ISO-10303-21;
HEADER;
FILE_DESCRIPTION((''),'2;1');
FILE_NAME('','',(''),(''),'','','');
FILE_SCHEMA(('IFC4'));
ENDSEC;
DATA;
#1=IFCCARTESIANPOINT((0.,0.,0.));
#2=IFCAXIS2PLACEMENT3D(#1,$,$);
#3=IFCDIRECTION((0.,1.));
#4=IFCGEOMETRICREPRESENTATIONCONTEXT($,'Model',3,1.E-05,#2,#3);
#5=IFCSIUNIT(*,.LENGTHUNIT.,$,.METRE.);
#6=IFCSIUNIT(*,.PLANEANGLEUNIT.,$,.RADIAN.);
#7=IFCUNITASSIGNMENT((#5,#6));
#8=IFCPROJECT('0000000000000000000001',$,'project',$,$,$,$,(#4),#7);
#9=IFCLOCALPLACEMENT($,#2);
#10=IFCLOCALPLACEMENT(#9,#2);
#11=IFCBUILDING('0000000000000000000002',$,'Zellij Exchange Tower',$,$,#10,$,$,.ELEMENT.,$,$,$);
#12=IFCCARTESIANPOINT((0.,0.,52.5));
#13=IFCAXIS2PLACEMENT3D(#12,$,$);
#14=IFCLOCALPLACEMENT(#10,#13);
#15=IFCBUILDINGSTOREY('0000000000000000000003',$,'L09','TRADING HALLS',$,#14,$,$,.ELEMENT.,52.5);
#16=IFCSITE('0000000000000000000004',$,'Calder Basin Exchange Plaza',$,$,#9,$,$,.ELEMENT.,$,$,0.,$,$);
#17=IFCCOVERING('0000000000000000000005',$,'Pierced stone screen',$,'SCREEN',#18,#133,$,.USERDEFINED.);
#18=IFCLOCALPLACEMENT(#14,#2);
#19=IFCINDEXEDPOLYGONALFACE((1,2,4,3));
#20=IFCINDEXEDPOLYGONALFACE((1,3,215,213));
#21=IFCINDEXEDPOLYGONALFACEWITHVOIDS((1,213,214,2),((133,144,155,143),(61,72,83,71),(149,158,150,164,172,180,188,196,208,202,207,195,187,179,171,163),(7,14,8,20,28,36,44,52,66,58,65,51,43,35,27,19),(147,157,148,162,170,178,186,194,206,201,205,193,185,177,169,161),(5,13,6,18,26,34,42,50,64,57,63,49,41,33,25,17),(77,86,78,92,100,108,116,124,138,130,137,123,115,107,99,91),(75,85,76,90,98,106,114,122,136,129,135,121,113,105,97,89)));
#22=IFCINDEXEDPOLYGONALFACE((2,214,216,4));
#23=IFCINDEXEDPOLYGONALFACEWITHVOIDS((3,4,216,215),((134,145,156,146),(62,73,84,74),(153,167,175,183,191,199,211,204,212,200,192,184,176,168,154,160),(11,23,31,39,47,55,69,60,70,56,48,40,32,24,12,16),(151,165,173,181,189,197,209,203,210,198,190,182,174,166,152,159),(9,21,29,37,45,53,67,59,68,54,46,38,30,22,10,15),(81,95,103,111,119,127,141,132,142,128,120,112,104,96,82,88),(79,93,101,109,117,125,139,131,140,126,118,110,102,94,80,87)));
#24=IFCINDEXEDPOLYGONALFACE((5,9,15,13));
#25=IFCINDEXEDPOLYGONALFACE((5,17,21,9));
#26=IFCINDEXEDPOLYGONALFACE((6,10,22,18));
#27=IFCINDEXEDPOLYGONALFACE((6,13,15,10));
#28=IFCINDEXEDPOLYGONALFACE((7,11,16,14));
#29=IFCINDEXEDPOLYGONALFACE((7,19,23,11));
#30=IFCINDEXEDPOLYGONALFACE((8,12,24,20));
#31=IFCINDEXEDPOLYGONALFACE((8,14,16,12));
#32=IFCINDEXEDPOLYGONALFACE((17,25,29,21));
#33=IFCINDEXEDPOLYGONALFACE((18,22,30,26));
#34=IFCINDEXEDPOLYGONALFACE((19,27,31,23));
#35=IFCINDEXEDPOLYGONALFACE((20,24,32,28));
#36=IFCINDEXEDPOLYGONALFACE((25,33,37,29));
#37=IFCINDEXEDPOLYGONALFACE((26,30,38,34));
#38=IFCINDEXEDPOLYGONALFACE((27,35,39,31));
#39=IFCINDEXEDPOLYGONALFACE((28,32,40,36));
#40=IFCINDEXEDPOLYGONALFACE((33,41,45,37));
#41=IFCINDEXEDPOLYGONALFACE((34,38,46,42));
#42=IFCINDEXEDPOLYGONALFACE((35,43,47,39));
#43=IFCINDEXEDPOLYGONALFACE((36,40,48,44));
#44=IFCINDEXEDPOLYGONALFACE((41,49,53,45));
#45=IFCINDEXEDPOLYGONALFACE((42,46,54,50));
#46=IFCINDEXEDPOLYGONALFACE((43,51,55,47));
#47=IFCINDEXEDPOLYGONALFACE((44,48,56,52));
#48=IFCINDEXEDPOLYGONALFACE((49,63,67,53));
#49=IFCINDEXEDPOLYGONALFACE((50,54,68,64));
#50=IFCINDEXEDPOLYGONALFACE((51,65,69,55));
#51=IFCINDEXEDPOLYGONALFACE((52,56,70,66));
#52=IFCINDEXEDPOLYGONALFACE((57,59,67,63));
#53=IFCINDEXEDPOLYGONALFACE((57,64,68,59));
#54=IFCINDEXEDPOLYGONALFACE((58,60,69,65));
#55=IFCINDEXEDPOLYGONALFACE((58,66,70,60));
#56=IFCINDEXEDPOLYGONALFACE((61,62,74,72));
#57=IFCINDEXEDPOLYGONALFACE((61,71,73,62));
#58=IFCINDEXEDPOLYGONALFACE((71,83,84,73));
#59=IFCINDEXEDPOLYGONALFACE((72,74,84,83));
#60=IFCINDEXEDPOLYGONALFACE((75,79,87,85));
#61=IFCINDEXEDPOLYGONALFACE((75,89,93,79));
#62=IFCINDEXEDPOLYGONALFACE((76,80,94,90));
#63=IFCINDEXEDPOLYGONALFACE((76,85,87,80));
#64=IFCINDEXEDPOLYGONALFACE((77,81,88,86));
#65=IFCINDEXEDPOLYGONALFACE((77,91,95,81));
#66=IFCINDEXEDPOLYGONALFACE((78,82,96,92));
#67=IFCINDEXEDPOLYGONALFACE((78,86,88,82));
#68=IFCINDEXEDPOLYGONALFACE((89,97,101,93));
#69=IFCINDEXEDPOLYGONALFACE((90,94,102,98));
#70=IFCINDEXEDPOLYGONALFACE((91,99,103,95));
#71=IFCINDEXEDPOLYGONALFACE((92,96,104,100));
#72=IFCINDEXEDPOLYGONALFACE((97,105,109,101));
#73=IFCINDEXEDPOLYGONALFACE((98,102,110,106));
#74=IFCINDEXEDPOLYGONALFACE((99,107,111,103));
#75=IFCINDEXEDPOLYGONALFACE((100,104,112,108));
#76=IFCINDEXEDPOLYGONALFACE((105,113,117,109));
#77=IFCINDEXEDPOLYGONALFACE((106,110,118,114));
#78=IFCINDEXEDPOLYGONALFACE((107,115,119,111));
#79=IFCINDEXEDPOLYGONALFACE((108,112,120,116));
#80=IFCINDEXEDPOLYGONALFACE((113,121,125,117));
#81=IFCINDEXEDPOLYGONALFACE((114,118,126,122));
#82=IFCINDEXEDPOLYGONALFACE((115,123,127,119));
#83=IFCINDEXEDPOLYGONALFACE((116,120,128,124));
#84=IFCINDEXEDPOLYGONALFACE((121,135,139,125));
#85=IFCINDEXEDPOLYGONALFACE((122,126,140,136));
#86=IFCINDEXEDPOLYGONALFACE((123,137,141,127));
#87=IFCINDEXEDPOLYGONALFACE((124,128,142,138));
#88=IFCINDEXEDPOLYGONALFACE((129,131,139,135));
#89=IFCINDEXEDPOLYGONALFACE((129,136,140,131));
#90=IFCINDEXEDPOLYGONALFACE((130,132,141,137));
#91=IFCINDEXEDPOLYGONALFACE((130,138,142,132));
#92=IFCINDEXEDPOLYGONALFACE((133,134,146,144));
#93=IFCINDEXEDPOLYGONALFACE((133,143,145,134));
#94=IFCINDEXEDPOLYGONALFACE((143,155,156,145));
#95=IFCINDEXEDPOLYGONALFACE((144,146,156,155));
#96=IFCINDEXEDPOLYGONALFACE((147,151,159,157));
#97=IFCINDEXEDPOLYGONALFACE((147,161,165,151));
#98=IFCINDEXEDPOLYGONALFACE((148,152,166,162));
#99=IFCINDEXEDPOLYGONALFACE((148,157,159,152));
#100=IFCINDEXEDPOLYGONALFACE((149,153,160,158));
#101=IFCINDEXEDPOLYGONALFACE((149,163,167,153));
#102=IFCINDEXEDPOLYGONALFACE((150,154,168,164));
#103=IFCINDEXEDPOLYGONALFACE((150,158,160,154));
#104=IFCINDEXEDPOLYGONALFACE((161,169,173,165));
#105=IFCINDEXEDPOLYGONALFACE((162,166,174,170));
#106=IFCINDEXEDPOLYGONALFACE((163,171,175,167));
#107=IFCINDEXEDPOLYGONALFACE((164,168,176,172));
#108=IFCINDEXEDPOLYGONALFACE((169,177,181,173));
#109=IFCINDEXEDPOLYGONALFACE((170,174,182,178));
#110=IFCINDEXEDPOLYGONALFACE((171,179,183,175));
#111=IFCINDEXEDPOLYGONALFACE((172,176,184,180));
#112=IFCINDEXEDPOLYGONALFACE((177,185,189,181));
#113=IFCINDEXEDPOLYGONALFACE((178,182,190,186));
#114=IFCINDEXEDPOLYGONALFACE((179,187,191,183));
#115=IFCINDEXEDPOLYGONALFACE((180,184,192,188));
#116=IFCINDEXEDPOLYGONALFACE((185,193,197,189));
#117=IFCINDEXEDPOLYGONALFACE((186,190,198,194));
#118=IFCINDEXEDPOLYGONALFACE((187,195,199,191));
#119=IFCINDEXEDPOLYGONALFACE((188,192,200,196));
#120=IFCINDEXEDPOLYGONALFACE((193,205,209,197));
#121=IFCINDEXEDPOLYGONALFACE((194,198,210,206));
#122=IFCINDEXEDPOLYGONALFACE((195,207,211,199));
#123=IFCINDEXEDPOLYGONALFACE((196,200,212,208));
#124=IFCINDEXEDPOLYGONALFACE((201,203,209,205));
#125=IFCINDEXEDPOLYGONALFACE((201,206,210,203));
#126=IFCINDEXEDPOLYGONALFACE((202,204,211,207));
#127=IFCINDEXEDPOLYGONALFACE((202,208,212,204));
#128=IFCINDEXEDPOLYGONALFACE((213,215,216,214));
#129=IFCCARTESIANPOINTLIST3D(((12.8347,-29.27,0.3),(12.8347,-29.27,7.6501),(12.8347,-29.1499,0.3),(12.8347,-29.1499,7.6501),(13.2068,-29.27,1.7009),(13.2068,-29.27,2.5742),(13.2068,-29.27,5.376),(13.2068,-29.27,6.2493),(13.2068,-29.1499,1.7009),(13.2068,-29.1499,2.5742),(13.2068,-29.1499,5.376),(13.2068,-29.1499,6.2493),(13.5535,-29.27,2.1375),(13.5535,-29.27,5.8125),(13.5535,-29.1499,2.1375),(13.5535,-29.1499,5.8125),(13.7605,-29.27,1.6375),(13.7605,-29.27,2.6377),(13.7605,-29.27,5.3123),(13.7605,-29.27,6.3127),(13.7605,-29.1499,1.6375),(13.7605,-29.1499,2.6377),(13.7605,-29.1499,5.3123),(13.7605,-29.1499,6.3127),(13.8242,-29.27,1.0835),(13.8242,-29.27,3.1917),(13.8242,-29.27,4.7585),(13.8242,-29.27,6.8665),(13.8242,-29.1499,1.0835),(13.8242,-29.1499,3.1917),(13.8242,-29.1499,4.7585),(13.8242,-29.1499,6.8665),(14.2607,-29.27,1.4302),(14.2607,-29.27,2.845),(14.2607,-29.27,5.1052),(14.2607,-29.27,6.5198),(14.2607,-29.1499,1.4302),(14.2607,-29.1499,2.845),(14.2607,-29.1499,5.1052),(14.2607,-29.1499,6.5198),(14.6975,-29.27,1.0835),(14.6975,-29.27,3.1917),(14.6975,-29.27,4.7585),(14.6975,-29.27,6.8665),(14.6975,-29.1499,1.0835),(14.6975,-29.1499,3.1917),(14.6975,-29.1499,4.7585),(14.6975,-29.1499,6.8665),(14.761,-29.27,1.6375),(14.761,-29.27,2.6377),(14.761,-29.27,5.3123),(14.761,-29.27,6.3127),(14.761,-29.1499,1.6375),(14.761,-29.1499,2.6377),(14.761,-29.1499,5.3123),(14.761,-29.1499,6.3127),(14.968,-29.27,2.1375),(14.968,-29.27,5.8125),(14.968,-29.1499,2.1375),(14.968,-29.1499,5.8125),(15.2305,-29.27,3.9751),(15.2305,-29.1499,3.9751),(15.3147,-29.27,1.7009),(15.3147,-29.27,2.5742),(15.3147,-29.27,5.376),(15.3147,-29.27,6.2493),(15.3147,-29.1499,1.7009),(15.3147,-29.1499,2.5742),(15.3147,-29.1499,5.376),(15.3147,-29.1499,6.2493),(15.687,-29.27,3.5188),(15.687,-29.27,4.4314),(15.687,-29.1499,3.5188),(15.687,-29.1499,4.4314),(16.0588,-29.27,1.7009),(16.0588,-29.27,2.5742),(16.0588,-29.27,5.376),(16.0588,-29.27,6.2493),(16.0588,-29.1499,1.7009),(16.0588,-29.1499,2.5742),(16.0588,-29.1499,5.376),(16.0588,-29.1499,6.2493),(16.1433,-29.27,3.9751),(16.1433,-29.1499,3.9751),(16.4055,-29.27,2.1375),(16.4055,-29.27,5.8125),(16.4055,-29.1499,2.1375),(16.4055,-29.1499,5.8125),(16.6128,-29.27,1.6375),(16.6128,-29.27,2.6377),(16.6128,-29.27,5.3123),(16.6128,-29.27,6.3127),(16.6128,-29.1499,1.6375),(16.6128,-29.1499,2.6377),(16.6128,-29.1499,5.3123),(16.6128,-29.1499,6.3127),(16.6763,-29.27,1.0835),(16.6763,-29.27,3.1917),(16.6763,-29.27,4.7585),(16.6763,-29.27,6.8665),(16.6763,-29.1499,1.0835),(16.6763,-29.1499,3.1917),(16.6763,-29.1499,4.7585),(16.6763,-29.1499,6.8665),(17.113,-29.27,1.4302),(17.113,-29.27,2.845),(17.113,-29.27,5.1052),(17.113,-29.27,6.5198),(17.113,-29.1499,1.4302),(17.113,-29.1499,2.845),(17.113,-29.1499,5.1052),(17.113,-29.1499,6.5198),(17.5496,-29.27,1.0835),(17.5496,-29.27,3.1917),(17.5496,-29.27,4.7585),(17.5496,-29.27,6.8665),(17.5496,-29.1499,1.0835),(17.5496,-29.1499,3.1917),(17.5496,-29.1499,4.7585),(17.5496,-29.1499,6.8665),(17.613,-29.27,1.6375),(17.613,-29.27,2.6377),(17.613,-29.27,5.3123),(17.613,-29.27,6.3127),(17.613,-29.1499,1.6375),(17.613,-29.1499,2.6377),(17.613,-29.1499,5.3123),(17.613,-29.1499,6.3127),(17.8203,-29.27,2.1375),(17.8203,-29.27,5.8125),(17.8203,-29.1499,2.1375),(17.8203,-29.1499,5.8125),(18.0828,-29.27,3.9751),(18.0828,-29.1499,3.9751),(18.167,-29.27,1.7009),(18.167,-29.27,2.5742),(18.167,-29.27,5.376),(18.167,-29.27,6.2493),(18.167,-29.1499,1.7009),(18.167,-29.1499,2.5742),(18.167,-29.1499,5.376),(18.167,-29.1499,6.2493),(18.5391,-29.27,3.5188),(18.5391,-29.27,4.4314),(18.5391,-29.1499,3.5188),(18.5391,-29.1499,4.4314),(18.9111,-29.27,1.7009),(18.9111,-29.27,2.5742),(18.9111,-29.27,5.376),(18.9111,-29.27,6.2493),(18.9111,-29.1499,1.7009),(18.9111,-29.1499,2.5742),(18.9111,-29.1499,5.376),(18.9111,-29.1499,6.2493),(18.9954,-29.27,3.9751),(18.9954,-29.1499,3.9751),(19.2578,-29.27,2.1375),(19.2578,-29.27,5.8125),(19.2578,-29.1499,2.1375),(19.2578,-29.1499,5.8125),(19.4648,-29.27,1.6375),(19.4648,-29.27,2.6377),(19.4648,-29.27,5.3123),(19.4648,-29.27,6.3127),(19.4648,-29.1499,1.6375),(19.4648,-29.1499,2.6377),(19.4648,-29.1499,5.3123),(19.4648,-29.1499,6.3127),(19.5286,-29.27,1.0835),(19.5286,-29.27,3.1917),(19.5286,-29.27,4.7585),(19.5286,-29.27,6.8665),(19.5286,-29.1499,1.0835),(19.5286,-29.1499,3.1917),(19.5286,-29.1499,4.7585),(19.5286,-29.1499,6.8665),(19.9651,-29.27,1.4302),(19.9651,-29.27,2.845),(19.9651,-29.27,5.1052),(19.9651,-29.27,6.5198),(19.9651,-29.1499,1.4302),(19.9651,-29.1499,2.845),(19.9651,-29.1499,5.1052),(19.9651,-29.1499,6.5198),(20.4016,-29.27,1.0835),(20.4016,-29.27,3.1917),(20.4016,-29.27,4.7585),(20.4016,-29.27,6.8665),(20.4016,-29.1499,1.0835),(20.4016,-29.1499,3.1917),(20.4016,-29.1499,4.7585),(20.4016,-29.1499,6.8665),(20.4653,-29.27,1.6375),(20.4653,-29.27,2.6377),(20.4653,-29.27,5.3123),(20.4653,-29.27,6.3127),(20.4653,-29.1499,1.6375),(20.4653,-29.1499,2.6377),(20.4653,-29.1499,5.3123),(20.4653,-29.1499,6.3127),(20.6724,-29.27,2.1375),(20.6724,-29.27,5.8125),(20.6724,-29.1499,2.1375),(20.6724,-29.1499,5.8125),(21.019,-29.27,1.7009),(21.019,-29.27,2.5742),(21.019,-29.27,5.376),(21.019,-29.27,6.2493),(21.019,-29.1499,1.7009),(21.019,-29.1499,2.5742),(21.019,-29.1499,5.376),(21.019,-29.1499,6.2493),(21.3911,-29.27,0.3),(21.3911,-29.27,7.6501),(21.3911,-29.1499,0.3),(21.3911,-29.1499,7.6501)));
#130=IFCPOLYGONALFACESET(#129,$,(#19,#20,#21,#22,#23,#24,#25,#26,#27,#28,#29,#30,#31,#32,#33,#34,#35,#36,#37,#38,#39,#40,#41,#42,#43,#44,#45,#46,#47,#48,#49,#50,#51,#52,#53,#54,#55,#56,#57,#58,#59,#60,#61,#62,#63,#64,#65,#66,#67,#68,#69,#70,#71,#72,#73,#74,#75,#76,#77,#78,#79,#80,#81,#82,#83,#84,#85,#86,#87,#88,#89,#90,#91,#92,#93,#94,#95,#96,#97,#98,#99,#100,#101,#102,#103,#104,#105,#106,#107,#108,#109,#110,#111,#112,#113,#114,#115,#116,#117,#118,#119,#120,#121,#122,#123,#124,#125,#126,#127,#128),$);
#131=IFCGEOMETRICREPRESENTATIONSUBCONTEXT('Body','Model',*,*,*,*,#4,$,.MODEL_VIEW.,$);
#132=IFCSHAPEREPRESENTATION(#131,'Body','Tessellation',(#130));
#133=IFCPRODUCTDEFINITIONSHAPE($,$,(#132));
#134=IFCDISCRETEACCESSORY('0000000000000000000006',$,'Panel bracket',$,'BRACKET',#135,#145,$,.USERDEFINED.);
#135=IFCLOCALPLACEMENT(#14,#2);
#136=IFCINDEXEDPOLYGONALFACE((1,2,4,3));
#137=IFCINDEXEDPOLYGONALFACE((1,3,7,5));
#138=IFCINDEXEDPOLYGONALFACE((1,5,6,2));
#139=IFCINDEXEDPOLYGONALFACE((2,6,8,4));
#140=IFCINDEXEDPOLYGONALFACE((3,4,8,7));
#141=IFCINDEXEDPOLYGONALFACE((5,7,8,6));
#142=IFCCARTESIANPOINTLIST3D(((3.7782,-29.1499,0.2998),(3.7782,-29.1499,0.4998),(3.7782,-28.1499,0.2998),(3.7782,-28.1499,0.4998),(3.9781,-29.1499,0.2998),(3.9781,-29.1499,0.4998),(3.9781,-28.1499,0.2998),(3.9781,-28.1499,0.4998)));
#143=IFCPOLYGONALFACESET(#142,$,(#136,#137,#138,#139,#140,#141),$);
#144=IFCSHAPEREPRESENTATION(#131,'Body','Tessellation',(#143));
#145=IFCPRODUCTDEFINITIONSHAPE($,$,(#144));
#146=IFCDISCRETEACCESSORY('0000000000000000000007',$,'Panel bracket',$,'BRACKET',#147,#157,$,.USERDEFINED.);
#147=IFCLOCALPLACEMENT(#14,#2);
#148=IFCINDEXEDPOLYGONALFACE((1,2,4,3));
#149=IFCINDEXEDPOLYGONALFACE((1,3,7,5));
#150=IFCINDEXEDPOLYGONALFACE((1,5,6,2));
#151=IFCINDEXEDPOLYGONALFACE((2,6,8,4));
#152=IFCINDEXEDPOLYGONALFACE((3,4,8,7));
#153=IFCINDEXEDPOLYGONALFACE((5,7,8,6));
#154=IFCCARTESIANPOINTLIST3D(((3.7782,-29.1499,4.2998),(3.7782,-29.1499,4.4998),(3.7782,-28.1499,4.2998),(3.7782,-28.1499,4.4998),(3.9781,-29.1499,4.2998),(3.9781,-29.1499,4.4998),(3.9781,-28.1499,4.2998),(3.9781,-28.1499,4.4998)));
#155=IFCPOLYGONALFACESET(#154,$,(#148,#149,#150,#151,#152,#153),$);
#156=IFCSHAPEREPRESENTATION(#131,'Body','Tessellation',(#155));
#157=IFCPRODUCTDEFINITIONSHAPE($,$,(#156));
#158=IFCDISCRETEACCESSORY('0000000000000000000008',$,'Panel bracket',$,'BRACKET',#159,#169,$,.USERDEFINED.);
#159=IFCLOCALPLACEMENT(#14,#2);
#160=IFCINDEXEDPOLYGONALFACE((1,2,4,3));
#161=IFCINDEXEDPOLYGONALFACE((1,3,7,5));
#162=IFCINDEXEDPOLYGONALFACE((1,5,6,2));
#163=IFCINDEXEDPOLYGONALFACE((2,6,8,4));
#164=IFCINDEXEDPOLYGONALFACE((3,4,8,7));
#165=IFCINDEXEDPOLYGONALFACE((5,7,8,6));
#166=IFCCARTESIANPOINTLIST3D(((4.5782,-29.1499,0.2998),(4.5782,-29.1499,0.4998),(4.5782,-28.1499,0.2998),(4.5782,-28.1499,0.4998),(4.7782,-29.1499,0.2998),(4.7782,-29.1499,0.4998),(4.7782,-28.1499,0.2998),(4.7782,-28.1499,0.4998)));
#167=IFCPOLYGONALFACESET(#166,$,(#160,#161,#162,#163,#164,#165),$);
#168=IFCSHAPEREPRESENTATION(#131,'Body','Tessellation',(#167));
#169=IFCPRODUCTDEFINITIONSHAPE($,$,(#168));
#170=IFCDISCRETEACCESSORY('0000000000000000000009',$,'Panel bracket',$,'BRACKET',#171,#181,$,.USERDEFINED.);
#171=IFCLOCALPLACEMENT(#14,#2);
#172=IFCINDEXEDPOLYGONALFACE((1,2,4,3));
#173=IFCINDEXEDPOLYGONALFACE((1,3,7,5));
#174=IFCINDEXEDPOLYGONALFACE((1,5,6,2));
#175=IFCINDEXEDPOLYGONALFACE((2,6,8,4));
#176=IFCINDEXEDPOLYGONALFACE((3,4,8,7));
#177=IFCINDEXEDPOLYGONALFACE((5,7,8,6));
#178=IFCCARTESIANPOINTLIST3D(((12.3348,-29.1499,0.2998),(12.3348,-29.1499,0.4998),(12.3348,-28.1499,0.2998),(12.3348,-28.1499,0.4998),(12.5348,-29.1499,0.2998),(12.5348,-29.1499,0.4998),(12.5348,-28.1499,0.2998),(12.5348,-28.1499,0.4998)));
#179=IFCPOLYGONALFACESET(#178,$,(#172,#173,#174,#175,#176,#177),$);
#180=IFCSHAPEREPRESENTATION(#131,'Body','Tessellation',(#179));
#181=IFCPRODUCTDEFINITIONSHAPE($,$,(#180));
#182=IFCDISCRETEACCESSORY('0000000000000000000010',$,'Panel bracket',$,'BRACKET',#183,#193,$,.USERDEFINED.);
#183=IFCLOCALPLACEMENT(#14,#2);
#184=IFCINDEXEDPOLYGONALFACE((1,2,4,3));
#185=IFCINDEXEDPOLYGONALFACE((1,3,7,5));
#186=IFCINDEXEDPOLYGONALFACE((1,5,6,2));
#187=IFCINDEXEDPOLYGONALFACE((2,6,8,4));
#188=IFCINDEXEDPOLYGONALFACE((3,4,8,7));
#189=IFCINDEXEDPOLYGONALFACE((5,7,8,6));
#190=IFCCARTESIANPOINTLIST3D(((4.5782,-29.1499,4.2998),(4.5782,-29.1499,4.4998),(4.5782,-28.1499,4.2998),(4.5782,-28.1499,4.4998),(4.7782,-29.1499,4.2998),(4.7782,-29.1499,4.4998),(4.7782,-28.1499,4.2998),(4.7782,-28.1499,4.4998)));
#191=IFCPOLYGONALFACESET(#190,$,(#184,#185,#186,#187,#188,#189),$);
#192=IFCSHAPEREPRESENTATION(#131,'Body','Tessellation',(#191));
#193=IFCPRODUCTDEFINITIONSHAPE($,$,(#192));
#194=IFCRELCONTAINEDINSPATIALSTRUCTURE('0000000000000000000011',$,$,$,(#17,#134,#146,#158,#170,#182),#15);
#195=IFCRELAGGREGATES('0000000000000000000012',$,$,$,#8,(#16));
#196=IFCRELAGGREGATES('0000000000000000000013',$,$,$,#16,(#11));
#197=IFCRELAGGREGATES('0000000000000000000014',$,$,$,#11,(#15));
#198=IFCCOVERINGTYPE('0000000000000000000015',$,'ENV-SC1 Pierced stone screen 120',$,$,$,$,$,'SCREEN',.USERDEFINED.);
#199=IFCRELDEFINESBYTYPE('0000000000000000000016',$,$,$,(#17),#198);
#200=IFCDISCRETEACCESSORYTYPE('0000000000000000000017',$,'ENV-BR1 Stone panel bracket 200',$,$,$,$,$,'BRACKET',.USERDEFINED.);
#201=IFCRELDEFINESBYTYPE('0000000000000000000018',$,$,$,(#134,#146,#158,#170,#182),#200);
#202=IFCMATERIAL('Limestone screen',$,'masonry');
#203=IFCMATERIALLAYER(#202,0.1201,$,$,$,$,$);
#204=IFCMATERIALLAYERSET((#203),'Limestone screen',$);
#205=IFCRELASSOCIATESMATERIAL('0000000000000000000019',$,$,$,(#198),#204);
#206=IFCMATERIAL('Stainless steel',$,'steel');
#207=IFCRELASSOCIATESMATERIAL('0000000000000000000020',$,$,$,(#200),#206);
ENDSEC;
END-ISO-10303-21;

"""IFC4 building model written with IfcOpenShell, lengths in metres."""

from ifc_helpers import new_model, si_unit, direction, frame, origin, origin_2d, place, context, subcontext, project, spatial, polyline, rectangle, outline, extrude, material, layer, layer_set, type_object, element, save


model = new_model("IFC4")

# Units and contexts
model_context = context("Model", 3, precision=1e-05, world=origin(), true_north=direction((0.0, 1.0)))
body_context = subcontext(model_context, "Body", "Model", "MODEL_VIEW")
ifc_project = project(units=[si_unit("LENGTHUNIT", "METRE"), si_unit("PLANEANGLEUNIT", "RADIAN")], contexts=[model_context])

# Site, building, storey
site_placement = place(None, origin())
site = spatial("IfcSite", under=ifc_project, at=site_placement, Name="Calder Basin Exchange Plaza", CompositionType="ELEMENT", RefElevation=0.0)
building_placement = place(site_placement, origin())
building = spatial("IfcBuilding", under=site, at=building_placement, Name="Zellij Exchange Tower", CompositionType="ELEMENT")
storey_placement = place(building_placement, frame((0.0, 0.0, 52.5)))
storey = spatial("IfcBuildingStorey", under=building, at=storey_placement, Name="L09", Description="TRADING HALLS", CompositionType="ELEMENT", Elevation=52.5)

# Covering
ifc_material_1 = material(Name="Limestone screen", Category="masonry")
ifc_layer_1 = layer(ifc_material_1, 0.1201)
ifc_layer_set_1 = layer_set([ifc_layer_1], Name="Limestone screen")
covering_type = type_object("IfcCoveringType", Name="ENV-SC1 Pierced stone screen 120", ElementType="SCREEN", PredefinedType="USERDEFINED", material=ifc_layer_set_1)
covering_1_placement = place(storey_placement, frame((12.8347, -29.21, 0.3), z_axis=(0.0, 0.0, 1.0), x_axis=(1.0, 0.0, 0.0)))
element("IfcCovering", 1, at=covering_1_placement, inside=storey, type_object=covering_type, Name="Pierced stone screen", ObjectType="SCREEN", PredefinedType="USERDEFINED", context=body_context, shape_type="SweptSolid", body=[
    extrude(outline(polyline([(0.0, 0.0), (8.5564, 0.0), (8.5564, 7.3501), (0.0, 7.3501), (0.0, 0.0)]), holes=[polyline([(2.48, 2.2742), (1.9263, 2.3376), (1.8628, 2.8916), (1.426, 2.5449), (0.9895, 2.8916), (0.9258, 2.3376), (0.3721, 2.2742), (0.7188, 1.8374), (0.3721, 1.4009), (0.9258, 1.3374), (0.9895, 0.7834), (1.426, 1.1301), (1.8628, 0.7834), (1.9263, 1.3374), (2.48, 1.4009), (2.1333, 1.8374), (2.48, 2.2742)]), polyline([(2.48, 5.9492), (1.9263, 6.0127), (1.8628, 6.5664), (1.426, 6.2197), (0.9895, 6.5664), (0.9258, 6.0127), (0.3721, 5.9492), (0.7188, 5.5125), (0.3721, 5.0759), (0.9258, 5.0122), (0.9895, 4.4585), (1.426, 4.8052), (1.8628, 4.4585), (1.9263, 5.0122), (2.48, 5.0759), (2.1333, 5.5125), (2.48, 5.9492)]), polyline([(5.3323, 2.2742), (4.7783, 2.3376), (4.7148, 2.8916), (4.2783, 2.5449), (3.8416, 2.8916), (3.7781, 2.3376), (3.2241, 2.2742), (3.5708, 1.8374), (3.2241, 1.4009), (3.7781, 1.3374), (3.8416, 0.7834), (4.2783, 1.1301), (4.7148, 0.7834), (4.7783, 1.3374), (5.3323, 1.4009), (4.9856, 1.8374), (5.3323, 2.2742)]), polyline([(5.3323, 5.9492), (4.7783, 6.0127), (4.7148, 6.5664), (4.2783, 6.2197), (3.8416, 6.5664), (3.7781, 6.0127), (3.2241, 5.9492), (3.5708, 5.5125), (3.2241, 5.0759), (3.7781, 5.0122), (3.8416, 4.4585), (4.2783, 4.8052), (4.7148, 4.4585), (4.7783, 5.0122), (5.3323, 5.0759), (4.9856, 5.5125), (5.3323, 5.9492)]), polyline([(8.1843, 2.2742), (7.6306, 2.3376), (7.5669, 2.8916), (7.1304, 2.5449), (6.6938, 2.8916), (6.6301, 2.3376), (6.0764, 2.2742), (6.4231, 1.8374), (6.0764, 1.4009), (6.6301, 1.3374), (6.6938, 0.7834), (7.1304, 1.1301), (7.5669, 0.7834), (7.6306, 1.3374), (8.1843, 1.4009), (7.8376, 1.8374), (8.1843, 2.2742)]), polyline([(8.1843, 5.9492), (7.6306, 6.0127), (7.5669, 6.5664), (7.1304, 6.2197), (6.6938, 6.5664), (6.6301, 6.0127), (6.0764, 5.9492), (6.4231, 5.5125), (6.0764, 5.0759), (6.6301, 5.0122), (6.6938, 4.4585), (7.1304, 4.8052), (7.5669, 4.4585), (7.6306, 5.0122), (8.1843, 5.0759), (7.8376, 5.5125), (8.1843, 5.9492)]), polyline([(3.3086, 3.675), (2.8523, 4.1313), (2.3958, 3.675), (2.8523, 3.2188), (3.3086, 3.675)]), polyline([(6.1606, 3.675), (5.7043, 4.1313), (5.248, 3.675), (5.7043, 3.2188), (6.1606, 3.675)])]), frame((0.0, 0.0601, 0.0), z_axis=(0.0, -1.0, 0.0), x_axis=(1.0, 0.0, 0.0)), (0.0, 0.0, 1.0), 0.1201),
])

# Discrete accessories
ifc_material_2 = material(Name="Stainless steel", Category="steel")
discrete_accessory_type = type_object("IfcDiscreteAccessoryType", Name="ENV-BR1 Stone panel bracket 200", ElementType="BRACKET", PredefinedType="USERDEFINED", material=ifc_material_2)
for number, where, z_axis, x_axis, name in (
    (2, (3.8782, -28.6499, 0.2998), (0.0, 0.0, 1.0), (1.0, 0.0, 0.0), "Panel bracket"),
    (3, (3.8782, -28.6499, 4.2998), (0.0, 0.0, 1.0), (1.0, 0.0, 0.0), "Panel bracket"),
    (4, (4.6782, -28.6499, 0.2998), (0.0, 0.0, 1.0), (1.0, 0.0, 0.0), "Panel bracket"),
    (5, (12.4348, -28.6499, 0.2998), (0.0, 0.0, 1.0), (1.0, 0.0, 0.0), "Panel bracket"),
    (6, (4.6782, -28.6499, 4.2998), (0.0, 0.0, 1.0), (1.0, 0.0, 0.0), "Panel bracket"),
):
    element("IfcDiscreteAccessory", number, at=place(storey_placement, frame(where, z_axis=z_axis, x_axis=x_axis)), inside=storey, type_object=discrete_accessory_type, Name=name, ObjectType="BRACKET", PredefinedType="USERDEFINED", context=body_context, shape_type="SweptSolid", body=[
        extrude(rectangle(XDim=0.2, YDim=1.0, at=origin_2d()), origin(), (0.0, 0.0, 1.0), 0.2),
    ])

save(model, "model.ifc")
